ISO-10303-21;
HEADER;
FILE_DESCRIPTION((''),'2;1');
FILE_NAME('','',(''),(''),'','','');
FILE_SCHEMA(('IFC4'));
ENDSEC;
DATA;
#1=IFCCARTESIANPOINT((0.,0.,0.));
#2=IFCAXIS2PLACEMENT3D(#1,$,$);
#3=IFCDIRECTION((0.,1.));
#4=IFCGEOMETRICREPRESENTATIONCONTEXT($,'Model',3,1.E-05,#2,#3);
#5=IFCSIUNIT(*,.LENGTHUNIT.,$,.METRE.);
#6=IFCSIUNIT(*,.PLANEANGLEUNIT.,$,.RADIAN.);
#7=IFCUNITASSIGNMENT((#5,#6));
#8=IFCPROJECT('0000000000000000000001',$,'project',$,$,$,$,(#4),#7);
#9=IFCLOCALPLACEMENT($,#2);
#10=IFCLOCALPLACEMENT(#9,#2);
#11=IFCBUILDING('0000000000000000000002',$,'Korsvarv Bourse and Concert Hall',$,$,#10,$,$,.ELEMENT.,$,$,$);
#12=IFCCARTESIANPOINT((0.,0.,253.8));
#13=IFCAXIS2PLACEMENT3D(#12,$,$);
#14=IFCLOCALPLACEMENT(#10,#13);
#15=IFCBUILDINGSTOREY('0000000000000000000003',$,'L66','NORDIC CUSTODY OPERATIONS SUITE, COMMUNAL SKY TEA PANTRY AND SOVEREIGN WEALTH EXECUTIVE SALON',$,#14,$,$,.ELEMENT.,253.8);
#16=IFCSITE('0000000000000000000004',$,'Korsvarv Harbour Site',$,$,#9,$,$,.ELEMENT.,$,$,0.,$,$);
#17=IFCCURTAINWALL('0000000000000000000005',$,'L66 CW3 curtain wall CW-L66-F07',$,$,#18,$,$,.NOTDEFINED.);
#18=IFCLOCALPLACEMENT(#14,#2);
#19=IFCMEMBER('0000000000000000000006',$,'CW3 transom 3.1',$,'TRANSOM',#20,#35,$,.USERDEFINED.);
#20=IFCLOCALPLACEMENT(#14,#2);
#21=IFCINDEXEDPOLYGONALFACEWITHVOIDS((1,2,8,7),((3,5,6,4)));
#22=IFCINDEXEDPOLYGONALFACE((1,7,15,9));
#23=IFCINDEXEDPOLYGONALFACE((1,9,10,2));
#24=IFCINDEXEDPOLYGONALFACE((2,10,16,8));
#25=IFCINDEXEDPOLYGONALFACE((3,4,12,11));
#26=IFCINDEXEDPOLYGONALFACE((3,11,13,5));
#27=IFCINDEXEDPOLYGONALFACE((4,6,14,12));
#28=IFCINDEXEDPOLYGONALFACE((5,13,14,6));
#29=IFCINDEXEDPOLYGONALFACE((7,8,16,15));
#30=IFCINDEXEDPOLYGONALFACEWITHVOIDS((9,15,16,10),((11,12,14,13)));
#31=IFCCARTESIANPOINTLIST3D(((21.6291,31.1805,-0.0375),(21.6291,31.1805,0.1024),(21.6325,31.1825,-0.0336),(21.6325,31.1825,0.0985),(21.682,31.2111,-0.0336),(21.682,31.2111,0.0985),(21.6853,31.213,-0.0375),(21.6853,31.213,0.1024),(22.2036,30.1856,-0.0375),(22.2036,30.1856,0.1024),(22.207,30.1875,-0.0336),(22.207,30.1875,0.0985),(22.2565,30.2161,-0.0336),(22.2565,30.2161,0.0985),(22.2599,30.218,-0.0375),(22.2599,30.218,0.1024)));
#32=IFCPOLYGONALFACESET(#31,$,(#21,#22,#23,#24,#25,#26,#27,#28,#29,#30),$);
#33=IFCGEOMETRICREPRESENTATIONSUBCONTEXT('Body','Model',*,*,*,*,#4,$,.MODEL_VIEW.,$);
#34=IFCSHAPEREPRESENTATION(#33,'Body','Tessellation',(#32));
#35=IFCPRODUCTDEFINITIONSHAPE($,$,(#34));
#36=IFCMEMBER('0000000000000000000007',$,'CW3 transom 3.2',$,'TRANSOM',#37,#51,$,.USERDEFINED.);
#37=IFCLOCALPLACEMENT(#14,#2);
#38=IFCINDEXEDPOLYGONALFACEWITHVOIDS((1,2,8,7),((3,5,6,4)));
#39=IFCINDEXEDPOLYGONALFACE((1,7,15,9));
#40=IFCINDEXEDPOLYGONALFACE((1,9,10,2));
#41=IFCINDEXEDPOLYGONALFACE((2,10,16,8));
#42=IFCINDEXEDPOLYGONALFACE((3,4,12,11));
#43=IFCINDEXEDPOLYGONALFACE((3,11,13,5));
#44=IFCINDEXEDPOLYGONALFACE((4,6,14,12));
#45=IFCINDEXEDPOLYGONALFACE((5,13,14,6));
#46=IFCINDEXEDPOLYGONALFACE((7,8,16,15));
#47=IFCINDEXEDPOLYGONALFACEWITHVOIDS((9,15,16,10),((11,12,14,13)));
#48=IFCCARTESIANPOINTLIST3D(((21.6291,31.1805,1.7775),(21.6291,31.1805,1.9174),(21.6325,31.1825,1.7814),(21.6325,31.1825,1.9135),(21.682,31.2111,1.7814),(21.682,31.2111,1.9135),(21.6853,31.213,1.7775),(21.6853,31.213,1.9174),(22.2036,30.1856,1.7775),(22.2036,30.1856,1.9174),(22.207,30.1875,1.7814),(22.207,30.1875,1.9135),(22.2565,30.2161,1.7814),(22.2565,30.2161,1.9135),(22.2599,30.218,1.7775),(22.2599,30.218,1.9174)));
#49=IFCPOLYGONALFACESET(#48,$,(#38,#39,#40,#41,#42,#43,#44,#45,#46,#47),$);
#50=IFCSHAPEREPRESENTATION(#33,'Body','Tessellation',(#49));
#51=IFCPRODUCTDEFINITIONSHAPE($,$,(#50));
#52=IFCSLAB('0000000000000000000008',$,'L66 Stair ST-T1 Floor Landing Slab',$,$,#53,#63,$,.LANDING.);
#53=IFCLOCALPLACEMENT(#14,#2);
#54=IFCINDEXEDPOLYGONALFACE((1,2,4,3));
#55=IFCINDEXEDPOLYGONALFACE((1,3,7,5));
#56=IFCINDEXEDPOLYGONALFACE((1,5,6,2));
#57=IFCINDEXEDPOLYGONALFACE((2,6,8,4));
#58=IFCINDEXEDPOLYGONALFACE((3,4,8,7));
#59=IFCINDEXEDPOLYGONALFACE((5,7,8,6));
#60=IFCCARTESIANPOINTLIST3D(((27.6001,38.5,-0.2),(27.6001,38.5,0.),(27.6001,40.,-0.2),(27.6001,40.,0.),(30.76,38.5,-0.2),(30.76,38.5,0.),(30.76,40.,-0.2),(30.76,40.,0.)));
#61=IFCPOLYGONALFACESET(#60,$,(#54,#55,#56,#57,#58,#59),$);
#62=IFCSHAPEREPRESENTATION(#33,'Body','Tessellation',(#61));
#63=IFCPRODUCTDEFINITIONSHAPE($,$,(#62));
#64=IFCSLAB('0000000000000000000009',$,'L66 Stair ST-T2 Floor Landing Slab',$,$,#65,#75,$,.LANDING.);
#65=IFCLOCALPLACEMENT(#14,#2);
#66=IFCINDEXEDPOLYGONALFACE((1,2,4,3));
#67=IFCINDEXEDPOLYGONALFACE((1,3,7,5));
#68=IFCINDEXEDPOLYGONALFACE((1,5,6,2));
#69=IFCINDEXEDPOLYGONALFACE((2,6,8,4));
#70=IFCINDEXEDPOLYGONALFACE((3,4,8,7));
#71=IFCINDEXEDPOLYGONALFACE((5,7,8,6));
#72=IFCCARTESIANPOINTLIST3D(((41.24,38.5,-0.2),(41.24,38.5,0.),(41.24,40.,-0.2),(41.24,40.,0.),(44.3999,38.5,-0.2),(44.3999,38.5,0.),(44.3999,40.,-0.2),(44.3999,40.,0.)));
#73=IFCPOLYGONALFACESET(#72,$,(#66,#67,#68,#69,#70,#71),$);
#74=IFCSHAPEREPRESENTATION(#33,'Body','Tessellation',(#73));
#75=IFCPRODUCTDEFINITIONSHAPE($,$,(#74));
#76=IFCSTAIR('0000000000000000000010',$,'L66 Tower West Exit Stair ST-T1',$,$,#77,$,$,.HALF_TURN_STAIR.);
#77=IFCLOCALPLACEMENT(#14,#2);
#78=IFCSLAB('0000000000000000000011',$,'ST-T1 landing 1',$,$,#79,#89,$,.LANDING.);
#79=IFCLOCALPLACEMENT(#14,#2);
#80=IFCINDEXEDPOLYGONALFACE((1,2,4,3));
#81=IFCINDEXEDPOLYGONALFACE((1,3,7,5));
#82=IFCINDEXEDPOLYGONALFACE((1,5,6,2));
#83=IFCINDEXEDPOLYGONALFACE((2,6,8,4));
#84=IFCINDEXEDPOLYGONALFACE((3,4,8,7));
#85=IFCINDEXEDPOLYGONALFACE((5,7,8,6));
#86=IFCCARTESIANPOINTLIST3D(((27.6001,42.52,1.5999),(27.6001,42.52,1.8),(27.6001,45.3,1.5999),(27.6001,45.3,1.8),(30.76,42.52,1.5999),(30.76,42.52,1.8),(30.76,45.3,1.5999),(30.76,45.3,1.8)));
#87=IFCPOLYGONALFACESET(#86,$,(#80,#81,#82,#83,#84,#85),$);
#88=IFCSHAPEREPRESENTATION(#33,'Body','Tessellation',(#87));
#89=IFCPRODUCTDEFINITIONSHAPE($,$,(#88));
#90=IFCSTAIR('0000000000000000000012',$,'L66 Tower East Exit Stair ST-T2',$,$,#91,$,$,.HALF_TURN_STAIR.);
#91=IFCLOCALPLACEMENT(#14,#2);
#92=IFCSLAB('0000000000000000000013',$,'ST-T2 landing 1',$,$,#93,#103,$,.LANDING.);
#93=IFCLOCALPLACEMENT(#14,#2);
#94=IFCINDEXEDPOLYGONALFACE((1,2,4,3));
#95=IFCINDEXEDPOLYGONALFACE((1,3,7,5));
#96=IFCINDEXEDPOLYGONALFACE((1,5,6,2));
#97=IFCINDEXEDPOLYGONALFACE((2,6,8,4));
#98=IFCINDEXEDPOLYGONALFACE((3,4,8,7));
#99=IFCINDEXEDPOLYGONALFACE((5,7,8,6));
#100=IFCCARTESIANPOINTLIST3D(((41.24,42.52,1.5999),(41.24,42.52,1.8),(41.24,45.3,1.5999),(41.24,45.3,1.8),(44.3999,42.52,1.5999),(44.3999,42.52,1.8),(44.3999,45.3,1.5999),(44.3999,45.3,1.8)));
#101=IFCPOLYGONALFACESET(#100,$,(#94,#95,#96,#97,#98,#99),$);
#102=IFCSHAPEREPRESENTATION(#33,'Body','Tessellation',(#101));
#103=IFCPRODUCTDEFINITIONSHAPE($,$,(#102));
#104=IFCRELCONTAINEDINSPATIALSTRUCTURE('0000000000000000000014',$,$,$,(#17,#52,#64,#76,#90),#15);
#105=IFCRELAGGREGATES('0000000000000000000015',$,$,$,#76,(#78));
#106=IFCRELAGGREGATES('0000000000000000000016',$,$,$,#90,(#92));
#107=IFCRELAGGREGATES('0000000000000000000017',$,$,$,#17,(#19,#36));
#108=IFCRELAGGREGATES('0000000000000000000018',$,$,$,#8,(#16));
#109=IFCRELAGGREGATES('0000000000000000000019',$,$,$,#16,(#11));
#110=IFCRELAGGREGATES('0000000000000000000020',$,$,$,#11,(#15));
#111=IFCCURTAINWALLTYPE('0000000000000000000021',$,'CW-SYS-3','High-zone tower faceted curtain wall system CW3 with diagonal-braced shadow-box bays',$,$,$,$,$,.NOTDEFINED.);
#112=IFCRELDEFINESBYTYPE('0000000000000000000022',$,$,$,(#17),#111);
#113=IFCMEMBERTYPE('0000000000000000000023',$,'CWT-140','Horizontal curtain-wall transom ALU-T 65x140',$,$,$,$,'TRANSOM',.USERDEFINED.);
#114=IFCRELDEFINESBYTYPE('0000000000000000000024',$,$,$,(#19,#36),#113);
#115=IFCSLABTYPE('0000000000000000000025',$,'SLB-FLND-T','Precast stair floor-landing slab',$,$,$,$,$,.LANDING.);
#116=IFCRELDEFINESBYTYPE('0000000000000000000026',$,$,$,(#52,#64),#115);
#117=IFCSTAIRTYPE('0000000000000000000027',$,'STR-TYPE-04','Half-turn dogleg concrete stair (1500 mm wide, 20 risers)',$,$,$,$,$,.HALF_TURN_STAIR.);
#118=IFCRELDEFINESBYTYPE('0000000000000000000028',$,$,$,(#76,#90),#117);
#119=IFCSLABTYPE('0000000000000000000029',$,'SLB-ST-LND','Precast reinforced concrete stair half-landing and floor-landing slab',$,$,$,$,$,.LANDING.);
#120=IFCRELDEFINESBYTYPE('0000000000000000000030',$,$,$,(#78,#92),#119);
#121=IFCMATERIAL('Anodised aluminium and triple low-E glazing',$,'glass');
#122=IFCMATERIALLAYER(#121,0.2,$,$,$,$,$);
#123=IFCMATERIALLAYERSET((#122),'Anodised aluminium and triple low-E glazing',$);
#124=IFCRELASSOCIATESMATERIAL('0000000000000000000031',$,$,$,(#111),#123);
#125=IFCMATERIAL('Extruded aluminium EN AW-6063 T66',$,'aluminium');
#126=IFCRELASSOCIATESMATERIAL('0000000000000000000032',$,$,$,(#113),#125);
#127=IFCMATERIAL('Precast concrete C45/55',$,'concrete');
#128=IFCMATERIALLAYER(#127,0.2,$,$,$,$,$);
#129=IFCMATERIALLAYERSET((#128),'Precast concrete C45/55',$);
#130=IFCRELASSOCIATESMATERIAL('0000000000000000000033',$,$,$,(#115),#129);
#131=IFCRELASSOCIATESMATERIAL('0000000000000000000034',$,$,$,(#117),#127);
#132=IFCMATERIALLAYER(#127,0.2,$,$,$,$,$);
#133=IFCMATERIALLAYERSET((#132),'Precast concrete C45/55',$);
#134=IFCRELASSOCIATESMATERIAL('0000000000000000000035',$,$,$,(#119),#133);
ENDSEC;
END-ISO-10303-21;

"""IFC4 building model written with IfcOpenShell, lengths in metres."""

from ifc_helpers import new_model, si_unit, direction, frame, origin, origin_2d, place, context, subcontext, project, spatial, polyline, hollow_rectangle, outline, extrude, source, transform, mapped, material, layer, layer_set, material_profile, profile_set, type_object, element, aggregate, save


model = new_model("IFC4")

# Units and contexts
model_context = context("Model", 3, precision=1e-05, world=origin(), true_north=direction((0.0, 1.0)))
body_context = subcontext(model_context, "Body", "Model", "MODEL_VIEW")
ifc_project = project(units=[si_unit("LENGTHUNIT", "METRE"), si_unit("PLANEANGLEUNIT", "RADIAN")], contexts=[model_context])

# Site, building, storey
site_placement = place(None, origin())
site = spatial("IfcSite", under=ifc_project, at=site_placement, Name="Korsvarv Harbour Site", CompositionType="ELEMENT", RefElevation=0.0)
building_placement = place(site_placement, origin())
building = spatial("IfcBuilding", under=site, at=building_placement, Name="Korsvarv Bourse and Concert Hall", CompositionType="ELEMENT")
storey_placement = place(building_placement, frame((0.0, 0.0, 253.8)))
storey = spatial("IfcBuildingStorey", under=building, at=storey_placement, Name="L66", Description="NORDIC CUSTODY OPERATIONS SUITE, COMMUNAL SKY TEA PANTRY AND SOVEREIGN WEALTH EXECUTIVE SALON", CompositionType="ELEMENT", Elevation=253.8)

# Curtain wall, members
ifc_material_1 = material(Name="Anodised aluminium and triple low-E glazing", Category="glass")
ifc_layer_1 = layer(ifc_material_1, 0.2)
ifc_layer_set_1 = layer_set([ifc_layer_1], Name="Anodised aluminium and triple low-E glazing")
curtain_wall_type = type_object("IfcCurtainWallType", Name="CW-SYS-3", Description="High-zone tower faceted curtain wall system CW3 with diagonal-braced shadow-box bays", PredefinedType="NOTDEFINED", material=ifc_layer_set_1)
curtain_wall_placement = place(storey_placement, origin())
curtain_wall = element("IfcCurtainWall", 1, at=curtain_wall_placement, inside=storey, type_object=curtain_wall_type, Name="L66 CW3 curtain wall CW-L66-F07", PredefinedType="NOTDEFINED")
ifc_material_2 = material(Name="Extruded aluminium EN AW-6063 T66", Category="aluminium")
ifc_material_profile_1 = material_profile(ifc_material_2, hollow_rectangle(XDim=0.0649, YDim=0.1399, WallThickness=0.0039, at=origin_2d()), Name="ALU-T 65x140")
ifc_profile_set_1 = profile_set([ifc_material_profile_1], Name="Extruded aluminium EN AW-6063 T66")
member_type_1 = type_object("IfcMemberType", Name="CWT-140", Description="Horizontal curtain-wall transom ALU-T 65x140", ElementType="TRANSOM", PredefinedType="USERDEFINED", material=ifc_profile_set_1)
shared_shape_1 = source(origin(), body_context, "Body", "SweptSolid", [
    extrude(hollow_rectangle(XDim=0.0649, YDim=0.1399, WallThickness=0.0039, at=origin_2d()), origin(), (0.0, 0.0, 1.0), 1.1489),
])
member_1_placement = place(storey_placement, frame((21.6572, 31.1968, 0.0325), z_axis=(0.500047, -0.865998, 0.0), x_axis=(0.865998, 0.500047, 0.0)))
member_1 = element("IfcMember", 2, at=member_1_placement, type_object=member_type_1, Name="CW3 transom 3.1", ObjectType="TRANSOM", PredefinedType="USERDEFINED", context=body_context, shape_type="MappedRepresentation", body=[
    mapped(shared_shape_1, transform((0.0, 0.0, 0.0), scale=1.0)),
])
member_2_placement = place(storey_placement, frame((21.6572, 31.1968, 1.8474), z_axis=(0.500047, -0.865998, 0.0), x_axis=(0.865998, 0.500047, 0.0)))
member_2 = element("IfcMember", 3, at=member_2_placement, type_object=member_type_1, Name="CW3 transom 3.2", ObjectType="TRANSOM", PredefinedType="USERDEFINED", context=body_context, shape_type="MappedRepresentation", body=[
    mapped(shared_shape_1, transform((0.0, 0.0, 0.0), scale=1.0)),
])

# Slabs
ifc_material_3 = material(Name="Precast concrete C45/55", Category="concrete")
ifc_layer_2 = layer(ifc_material_3, 0.2)
ifc_layer_set_2 = layer_set([ifc_layer_2], Name="Precast concrete C45/55")
slab_type_1 = type_object("IfcSlabType", Name="SLB-FLND-T", Description="Precast stair floor-landing slab", PredefinedType="LANDING", material=ifc_layer_set_2)
slab_1_placement = place(storey_placement, frame((0.0, 0.0, -0.2)))
element("IfcSlab", 4, at=slab_1_placement, inside=storey, type_object=slab_type_1, Name="L66 Stair ST-T1 Floor Landing Slab", PredefinedType="LANDING", context=body_context, shape_type="SweptSolid", body=[
    extrude(outline(polyline([(30.76, 38.5), (30.76, 40.0), (27.6001, 40.0), (27.6001, 38.5), (30.76, 38.5)])), origin(), (0.0, 0.0, 1.0), 0.2),
])
slab_2_placement = place(storey_placement, frame((0.0, 0.0, -0.2)))
element("IfcSlab", 5, at=slab_2_placement, inside=storey, type_object=slab_type_1, Name="L66 Stair ST-T2 Floor Landing Slab", PredefinedType="LANDING", context=body_context, shape_type="SweptSolid", body=[
    extrude(outline(polyline([(44.3999, 38.5), (44.3999, 40.0), (41.24, 40.0), (41.24, 38.5), (44.3999, 38.5)])), origin(), (0.0, 0.0, 1.0), 0.2),
])

# Stairs, slabs
stair_type = type_object("IfcStairType", Name="STR-TYPE-04", Description="Half-turn dogleg concrete stair (1500 mm wide, 20 risers)", PredefinedType="HALF_TURN_STAIR", material=ifc_material_3)
stair_1_placement = place(storey_placement, origin())
stair_1 = element("IfcStair", 6, at=stair_1_placement, inside=storey, type_object=stair_type, Name="L66 Tower West Exit Stair ST-T1", PredefinedType="HALF_TURN_STAIR")
ifc_layer_3 = layer(ifc_material_3, 0.2)
ifc_layer_set_3 = layer_set([ifc_layer_3], Name="Precast concrete C45/55")
slab_type_2 = type_object("IfcSlabType", Name="SLB-ST-LND", Description="Precast reinforced concrete stair half-landing and floor-landing slab", PredefinedType="LANDING", material=ifc_layer_set_3)
slab_3_placement = place(storey_placement, frame((0.0, 0.0, 1.5999)))
slab_3 = element("IfcSlab", 7, at=slab_3_placement, type_object=slab_type_2, Name="ST-T1 landing 1", PredefinedType="LANDING", context=body_context, shape_type="SweptSolid", body=[
    extrude(outline(polyline([(30.76, 42.52), (30.76, 45.3), (27.6001, 45.3), (27.6001, 42.52), (30.76, 42.52)])), origin(), (0.0, 0.0, 1.0), 0.2002),
])
aggregate(stair_1, [slab_3])
stair_2_placement = place(storey_placement, origin())
stair_2 = element("IfcStair", 8, at=stair_2_placement, inside=storey, type_object=stair_type, Name="L66 Tower East Exit Stair ST-T2", PredefinedType="HALF_TURN_STAIR")
slab_4_placement = place(storey_placement, frame((0.0, 0.0, 1.5999)))
slab_4 = element("IfcSlab", 9, at=slab_4_placement, type_object=slab_type_2, Name="ST-T2 landing 1", PredefinedType="LANDING", context=body_context, shape_type="SweptSolid", body=[
    extrude(outline(polyline([(44.3999, 42.52), (44.3999, 45.3), (41.24, 45.3), (41.24, 42.52), (44.3999, 42.52)])), origin(), (0.0, 0.0, 1.0), 0.2002),
])
aggregate(stair_2, [slab_4])

aggregate(curtain_wall, [member_1, member_2])

save(model, "model.ifc")
